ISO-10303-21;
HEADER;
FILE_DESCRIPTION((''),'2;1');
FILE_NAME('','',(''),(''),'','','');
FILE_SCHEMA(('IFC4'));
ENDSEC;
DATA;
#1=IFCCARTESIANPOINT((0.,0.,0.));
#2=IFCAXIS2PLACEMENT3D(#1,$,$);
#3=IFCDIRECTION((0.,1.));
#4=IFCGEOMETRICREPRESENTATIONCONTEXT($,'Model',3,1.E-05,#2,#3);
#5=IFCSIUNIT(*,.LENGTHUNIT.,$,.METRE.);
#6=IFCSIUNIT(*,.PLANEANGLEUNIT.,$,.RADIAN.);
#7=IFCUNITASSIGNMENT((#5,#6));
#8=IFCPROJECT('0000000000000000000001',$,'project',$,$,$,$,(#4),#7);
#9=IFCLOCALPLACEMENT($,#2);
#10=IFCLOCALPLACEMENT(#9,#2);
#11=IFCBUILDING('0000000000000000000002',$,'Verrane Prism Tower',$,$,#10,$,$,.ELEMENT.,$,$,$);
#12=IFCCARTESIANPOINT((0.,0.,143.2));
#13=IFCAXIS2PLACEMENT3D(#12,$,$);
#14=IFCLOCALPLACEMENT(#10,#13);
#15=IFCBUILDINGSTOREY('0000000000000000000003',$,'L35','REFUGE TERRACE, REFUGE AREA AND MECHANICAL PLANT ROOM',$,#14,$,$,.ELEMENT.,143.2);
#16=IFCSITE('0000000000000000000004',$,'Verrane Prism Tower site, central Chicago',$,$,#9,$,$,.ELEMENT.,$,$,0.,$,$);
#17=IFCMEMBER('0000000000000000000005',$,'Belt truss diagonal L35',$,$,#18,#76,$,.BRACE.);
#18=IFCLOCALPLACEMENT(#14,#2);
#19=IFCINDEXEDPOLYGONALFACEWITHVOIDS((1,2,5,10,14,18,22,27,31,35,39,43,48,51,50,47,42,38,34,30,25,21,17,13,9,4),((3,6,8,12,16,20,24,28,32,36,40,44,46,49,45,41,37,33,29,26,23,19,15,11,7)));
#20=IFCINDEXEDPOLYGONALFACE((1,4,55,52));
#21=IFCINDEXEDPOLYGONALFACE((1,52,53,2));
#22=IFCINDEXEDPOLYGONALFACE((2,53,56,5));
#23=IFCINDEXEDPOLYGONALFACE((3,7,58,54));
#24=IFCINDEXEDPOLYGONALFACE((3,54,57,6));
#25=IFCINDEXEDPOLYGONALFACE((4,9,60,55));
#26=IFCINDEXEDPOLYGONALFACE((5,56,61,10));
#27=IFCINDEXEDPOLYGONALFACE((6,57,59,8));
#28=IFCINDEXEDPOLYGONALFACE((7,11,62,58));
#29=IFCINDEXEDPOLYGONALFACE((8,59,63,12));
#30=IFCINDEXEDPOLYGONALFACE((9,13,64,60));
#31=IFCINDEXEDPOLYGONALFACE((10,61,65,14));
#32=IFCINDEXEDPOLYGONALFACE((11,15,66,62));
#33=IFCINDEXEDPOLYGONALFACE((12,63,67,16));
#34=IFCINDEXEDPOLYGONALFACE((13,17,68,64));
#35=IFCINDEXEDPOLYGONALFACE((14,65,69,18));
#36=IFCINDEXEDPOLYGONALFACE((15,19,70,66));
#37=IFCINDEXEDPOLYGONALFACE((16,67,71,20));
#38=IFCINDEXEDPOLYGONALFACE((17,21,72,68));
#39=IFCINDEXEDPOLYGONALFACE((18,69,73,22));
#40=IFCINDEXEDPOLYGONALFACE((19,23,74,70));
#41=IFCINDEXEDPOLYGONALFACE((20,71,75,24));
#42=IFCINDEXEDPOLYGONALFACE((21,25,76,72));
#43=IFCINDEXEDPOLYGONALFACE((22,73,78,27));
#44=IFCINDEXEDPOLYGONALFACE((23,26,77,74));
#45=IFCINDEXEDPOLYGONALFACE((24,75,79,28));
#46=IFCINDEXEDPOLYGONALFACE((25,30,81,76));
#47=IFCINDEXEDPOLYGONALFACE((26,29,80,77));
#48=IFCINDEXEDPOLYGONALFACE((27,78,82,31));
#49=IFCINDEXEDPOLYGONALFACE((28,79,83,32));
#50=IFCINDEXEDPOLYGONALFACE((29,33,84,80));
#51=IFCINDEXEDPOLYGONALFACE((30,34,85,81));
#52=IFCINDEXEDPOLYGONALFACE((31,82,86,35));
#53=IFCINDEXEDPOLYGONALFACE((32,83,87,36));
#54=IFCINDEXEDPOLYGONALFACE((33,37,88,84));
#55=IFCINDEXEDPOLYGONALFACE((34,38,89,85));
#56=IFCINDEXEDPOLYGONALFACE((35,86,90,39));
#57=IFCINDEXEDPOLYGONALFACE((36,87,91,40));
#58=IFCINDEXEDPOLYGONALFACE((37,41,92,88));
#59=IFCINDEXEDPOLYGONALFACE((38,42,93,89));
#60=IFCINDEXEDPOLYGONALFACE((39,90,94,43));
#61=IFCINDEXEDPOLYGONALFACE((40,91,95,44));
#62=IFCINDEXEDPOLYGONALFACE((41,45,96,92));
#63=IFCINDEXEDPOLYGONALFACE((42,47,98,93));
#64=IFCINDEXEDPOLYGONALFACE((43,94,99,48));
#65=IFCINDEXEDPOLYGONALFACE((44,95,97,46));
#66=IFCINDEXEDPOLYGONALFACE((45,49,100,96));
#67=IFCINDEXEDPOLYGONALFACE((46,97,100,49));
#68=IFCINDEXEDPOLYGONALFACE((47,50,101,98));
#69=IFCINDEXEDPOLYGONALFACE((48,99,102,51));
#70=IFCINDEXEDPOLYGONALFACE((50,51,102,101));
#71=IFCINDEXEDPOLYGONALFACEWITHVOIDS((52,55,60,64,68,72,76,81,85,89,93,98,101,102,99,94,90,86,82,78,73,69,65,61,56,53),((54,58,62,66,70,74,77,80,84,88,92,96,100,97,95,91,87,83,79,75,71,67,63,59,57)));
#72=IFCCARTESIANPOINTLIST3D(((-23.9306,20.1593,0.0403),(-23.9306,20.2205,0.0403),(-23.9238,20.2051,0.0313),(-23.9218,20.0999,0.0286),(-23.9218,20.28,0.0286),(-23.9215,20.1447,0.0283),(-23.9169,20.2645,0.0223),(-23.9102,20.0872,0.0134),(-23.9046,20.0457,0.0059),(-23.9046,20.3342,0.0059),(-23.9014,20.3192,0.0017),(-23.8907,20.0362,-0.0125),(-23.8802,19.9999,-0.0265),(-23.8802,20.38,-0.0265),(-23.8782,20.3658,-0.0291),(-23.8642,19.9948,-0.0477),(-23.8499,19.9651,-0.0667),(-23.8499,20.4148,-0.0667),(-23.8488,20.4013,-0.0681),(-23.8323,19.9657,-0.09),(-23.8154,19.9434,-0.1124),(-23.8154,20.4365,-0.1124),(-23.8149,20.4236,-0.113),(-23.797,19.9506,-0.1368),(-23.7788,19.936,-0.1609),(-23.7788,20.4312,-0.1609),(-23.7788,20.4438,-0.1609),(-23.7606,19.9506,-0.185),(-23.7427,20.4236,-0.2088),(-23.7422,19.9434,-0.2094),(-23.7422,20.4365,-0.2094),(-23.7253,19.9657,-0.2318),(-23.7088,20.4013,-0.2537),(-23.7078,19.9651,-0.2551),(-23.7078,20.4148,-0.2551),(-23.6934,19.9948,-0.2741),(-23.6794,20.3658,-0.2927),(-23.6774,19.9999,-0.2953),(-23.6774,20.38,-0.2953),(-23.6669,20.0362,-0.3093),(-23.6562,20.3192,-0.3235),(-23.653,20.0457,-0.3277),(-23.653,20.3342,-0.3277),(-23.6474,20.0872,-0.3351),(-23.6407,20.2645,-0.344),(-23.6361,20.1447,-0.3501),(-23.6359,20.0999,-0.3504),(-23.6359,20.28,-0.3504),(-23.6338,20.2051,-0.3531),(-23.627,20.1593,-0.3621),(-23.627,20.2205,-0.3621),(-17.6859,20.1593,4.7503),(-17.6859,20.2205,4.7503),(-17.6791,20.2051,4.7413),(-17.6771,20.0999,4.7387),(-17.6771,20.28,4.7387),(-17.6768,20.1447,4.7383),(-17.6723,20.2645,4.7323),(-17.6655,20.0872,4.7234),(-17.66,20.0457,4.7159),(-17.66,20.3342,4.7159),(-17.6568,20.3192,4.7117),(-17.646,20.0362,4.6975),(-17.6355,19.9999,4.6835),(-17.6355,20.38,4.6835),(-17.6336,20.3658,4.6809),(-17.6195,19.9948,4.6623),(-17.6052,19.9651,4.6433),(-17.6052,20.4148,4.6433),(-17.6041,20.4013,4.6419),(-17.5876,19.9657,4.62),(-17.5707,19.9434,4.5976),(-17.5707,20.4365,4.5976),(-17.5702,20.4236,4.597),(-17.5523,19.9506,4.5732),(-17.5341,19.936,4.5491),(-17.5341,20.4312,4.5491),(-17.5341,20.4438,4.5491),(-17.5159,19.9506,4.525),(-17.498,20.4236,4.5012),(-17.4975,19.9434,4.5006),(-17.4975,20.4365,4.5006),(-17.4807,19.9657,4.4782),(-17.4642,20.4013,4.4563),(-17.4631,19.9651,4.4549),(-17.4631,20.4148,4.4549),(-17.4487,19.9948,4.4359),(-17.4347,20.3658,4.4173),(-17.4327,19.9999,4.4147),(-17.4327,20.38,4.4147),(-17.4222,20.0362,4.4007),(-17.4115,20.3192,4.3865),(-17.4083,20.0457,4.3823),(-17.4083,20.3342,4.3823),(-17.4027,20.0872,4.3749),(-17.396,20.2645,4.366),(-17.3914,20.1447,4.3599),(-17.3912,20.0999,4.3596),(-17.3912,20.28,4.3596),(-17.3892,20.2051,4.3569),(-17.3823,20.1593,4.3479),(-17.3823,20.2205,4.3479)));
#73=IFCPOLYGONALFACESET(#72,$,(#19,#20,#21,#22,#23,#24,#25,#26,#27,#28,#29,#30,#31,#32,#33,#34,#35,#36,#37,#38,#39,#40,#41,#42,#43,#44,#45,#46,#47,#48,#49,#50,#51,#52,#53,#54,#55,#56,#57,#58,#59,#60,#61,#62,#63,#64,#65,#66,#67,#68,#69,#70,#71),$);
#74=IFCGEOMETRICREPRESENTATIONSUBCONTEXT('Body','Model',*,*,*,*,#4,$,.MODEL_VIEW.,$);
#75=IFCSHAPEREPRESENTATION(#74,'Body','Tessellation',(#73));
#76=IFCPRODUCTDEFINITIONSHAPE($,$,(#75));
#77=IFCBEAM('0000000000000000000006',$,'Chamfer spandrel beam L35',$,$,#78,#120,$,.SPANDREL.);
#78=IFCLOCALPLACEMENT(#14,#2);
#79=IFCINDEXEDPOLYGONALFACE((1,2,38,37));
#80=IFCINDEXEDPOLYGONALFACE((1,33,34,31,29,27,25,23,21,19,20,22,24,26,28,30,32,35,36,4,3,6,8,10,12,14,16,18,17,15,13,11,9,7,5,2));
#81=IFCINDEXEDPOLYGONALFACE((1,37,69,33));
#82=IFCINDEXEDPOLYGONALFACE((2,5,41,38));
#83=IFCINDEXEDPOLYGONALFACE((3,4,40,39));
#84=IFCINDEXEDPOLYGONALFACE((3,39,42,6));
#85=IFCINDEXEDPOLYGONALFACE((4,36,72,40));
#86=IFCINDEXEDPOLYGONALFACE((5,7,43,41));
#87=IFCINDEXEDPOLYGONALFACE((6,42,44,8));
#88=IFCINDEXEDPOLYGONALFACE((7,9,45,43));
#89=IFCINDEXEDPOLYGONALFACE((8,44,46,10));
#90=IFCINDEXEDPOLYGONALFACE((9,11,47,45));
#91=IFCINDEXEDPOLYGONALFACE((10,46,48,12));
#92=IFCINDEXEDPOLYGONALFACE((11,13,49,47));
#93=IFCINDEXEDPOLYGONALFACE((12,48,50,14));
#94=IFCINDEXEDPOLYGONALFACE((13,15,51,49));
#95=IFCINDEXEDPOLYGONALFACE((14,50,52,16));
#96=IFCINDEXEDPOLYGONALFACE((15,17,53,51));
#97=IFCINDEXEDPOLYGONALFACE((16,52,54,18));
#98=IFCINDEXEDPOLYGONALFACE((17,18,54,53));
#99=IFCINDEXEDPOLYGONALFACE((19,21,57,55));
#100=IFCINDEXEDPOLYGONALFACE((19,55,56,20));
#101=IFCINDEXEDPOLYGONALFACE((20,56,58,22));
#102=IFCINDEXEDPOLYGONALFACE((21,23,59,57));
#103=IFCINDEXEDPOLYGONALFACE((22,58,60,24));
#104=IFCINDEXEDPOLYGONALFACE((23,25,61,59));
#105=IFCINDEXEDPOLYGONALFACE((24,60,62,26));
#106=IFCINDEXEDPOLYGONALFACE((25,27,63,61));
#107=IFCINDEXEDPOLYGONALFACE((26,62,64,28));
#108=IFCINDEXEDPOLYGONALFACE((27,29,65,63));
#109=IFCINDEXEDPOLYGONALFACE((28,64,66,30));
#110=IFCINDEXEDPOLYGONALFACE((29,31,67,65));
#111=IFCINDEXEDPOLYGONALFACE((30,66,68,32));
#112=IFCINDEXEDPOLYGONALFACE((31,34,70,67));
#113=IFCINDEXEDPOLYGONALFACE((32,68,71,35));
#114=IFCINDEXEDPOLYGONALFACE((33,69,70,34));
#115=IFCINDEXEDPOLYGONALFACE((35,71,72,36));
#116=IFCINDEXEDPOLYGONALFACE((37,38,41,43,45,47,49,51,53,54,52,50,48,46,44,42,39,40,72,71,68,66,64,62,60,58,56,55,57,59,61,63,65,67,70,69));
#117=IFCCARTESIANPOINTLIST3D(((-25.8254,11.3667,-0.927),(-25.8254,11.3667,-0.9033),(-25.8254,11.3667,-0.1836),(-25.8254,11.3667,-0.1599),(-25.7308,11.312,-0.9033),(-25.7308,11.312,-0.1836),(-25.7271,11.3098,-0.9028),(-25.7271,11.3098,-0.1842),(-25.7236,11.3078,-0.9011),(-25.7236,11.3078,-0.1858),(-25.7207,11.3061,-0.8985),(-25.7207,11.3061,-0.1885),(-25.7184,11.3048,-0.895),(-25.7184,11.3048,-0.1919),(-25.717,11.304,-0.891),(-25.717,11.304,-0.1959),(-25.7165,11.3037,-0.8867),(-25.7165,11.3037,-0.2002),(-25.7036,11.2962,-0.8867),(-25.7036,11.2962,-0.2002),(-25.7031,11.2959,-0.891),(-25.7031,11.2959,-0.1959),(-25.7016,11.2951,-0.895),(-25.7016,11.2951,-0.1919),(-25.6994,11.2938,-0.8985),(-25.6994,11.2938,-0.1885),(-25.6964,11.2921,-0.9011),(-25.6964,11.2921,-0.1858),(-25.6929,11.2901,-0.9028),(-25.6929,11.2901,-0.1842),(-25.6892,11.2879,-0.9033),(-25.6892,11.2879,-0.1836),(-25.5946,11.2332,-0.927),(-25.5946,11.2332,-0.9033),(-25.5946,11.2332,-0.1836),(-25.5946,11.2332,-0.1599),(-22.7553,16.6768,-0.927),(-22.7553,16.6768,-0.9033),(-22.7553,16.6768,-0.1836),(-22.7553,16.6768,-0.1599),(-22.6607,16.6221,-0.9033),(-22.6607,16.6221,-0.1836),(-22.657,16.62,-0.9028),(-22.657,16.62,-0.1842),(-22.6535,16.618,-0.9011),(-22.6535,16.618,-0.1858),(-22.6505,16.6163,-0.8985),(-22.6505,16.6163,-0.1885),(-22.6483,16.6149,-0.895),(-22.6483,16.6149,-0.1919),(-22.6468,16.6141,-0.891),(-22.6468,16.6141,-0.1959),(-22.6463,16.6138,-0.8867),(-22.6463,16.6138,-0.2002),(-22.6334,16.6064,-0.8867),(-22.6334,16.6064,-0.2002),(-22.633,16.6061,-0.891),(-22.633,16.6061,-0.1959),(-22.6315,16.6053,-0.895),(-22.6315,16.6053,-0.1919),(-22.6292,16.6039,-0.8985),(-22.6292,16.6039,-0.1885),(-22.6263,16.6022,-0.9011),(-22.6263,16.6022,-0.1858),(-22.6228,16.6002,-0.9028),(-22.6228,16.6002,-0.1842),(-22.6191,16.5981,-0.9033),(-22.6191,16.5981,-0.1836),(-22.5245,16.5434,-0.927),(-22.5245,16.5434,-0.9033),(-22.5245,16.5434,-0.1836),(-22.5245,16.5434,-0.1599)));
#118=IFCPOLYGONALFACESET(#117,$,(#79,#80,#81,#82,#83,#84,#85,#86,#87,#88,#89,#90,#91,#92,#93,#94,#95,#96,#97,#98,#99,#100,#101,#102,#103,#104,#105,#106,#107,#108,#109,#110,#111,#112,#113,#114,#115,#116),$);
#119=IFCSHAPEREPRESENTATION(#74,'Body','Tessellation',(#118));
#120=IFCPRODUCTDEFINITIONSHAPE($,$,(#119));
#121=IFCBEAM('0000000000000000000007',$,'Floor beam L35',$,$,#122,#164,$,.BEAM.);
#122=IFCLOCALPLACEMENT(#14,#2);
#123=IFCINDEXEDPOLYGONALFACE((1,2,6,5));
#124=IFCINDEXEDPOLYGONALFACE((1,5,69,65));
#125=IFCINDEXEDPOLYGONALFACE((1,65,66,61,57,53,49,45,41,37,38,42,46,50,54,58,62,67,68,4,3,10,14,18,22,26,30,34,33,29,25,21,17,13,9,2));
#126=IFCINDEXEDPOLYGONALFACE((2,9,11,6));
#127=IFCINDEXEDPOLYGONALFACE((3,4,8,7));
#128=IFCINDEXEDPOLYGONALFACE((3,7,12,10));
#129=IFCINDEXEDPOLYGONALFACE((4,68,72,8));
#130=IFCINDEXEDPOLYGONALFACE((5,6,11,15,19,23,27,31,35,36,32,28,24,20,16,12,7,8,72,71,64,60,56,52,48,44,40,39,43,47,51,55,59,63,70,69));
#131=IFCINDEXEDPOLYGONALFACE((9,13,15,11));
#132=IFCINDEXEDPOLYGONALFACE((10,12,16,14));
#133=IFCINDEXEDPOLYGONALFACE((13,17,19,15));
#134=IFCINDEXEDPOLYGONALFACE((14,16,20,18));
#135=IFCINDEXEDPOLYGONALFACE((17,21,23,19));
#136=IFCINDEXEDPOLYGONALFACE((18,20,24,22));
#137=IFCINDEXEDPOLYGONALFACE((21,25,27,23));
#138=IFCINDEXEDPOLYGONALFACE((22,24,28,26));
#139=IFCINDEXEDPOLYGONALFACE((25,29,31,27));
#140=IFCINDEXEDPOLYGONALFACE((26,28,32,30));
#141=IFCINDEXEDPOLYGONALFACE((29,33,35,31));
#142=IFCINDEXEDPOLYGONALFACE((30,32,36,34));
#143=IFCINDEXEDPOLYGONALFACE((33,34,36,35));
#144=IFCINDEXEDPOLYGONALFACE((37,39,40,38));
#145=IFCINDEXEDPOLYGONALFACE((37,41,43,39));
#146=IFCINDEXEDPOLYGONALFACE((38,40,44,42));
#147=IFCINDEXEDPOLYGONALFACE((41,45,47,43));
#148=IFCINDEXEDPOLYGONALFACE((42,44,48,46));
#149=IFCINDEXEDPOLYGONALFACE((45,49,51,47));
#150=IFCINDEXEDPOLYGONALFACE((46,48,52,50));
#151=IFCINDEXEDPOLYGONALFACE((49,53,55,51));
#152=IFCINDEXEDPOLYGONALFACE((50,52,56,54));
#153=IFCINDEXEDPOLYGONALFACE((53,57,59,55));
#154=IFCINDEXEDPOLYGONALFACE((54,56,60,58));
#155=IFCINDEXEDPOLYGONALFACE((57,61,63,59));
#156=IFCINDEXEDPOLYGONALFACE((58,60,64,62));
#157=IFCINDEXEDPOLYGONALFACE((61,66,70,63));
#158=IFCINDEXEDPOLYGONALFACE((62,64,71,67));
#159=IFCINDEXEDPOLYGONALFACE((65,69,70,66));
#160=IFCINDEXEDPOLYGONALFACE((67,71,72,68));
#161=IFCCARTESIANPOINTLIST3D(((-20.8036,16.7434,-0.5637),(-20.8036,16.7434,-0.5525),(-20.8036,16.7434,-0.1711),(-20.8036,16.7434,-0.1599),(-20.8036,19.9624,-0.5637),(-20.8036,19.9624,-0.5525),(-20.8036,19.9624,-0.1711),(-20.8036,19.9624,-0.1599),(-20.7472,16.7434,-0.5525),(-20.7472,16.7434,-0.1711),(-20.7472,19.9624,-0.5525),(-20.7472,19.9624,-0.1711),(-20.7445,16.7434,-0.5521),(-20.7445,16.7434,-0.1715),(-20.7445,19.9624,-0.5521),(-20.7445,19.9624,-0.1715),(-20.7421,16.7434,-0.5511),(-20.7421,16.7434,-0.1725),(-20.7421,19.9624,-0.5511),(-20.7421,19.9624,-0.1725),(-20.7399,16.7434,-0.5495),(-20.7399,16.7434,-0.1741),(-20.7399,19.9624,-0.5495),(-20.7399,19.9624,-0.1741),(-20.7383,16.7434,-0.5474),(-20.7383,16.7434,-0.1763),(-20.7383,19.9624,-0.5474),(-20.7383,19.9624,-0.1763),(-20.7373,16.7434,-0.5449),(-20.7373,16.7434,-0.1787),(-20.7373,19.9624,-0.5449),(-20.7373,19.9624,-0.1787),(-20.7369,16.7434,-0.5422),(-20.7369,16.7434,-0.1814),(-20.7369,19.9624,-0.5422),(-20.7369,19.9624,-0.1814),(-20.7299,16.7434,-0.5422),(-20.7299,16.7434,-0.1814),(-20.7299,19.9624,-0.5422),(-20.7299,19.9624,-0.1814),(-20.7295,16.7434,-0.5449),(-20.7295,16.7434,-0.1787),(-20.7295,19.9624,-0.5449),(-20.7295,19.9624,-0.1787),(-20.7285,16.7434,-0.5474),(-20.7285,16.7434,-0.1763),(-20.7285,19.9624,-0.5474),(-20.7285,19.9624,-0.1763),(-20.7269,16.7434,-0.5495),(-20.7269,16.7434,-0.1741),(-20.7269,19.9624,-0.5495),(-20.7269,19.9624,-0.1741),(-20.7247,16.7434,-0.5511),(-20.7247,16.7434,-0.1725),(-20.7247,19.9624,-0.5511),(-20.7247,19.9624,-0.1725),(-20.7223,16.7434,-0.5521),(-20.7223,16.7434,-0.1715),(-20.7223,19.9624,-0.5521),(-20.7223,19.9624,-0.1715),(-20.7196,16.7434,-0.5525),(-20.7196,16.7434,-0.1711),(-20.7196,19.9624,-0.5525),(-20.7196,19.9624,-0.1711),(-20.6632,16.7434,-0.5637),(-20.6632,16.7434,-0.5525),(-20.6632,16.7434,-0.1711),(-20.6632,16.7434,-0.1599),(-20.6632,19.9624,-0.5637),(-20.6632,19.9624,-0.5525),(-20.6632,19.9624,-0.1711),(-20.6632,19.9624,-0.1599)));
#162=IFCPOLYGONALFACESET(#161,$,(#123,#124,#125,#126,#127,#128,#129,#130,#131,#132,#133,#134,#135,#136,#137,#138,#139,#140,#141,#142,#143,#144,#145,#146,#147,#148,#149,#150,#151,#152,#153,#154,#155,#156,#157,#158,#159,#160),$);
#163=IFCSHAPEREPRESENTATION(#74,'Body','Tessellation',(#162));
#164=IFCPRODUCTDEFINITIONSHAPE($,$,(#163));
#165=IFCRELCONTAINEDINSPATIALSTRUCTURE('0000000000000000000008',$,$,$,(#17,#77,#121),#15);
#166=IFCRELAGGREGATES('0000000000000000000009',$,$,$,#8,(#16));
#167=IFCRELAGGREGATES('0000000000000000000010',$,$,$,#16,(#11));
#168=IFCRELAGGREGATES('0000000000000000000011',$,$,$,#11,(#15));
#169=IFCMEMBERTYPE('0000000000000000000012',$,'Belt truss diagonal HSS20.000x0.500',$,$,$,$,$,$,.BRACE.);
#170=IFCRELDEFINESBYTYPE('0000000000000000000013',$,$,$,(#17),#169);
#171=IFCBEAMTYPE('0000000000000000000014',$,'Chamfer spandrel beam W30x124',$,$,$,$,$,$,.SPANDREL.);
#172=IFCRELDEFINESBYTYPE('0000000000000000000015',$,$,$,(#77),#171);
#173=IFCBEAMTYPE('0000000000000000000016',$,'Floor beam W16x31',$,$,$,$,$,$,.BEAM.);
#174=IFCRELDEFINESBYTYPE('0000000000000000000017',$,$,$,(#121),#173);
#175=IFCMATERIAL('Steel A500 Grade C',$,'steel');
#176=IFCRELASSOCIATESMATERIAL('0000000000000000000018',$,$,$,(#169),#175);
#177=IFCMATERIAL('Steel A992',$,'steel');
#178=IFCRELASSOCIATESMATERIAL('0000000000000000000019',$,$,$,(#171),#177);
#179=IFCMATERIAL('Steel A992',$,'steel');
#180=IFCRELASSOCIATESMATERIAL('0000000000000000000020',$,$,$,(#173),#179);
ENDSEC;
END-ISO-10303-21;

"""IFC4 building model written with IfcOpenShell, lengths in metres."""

from ifc_helpers import new_model, si_unit, direction, frame, origin, origin_2d, place, context, subcontext, project, spatial, hollow_circle, i_section, extrude, material, material_profile, profile_set, type_object, element, save


model = new_model("IFC4")

# Units and contexts
model_context = context("Model", 3, precision=1e-05, world=origin(), true_north=direction((0.0, 1.0)))
body_context = subcontext(model_context, "Body", "Model", "MODEL_VIEW")
ifc_project = project(units=[si_unit("LENGTHUNIT", "METRE"), si_unit("PLANEANGLEUNIT", "RADIAN")], contexts=[model_context])

# Site, building, storey
site_placement = place(None, origin())
site = spatial("IfcSite", under=ifc_project, at=site_placement, Name="Verrane Prism Tower site, central Chicago", CompositionType="ELEMENT", RefElevation=0.0)
building_placement = place(site_placement, origin())
building = spatial("IfcBuilding", under=site, at=building_placement, Name="Verrane Prism Tower", CompositionType="ELEMENT")
storey_placement = place(building_placement, frame((0.0, 0.0, 143.2)))
storey = spatial("IfcBuildingStorey", under=building, at=storey_placement, Name="L35", Description="REFUGE TERRACE, REFUGE AREA AND MECHANICAL PLANT ROOM", CompositionType="ELEMENT", Elevation=143.2)

# Member
ifc_material_1 = material(Name="Steel A500 Grade C", Category="steel")
ifc_material_profile_1 = material_profile(ifc_material_1, hollow_circle(Radius=0.2539, WallThickness=0.0127, at=origin_2d()), Name="HSS20.000x0.500")
ifc_profile_set_1 = profile_set([ifc_material_profile_1], Name="Steel A500 Grade C")
member_type_1 = type_object("IfcMemberType", Name="Belt truss diagonal HSS20.000x0.500", PredefinedType="BRACE", material=ifc_profile_set_1)
member_1_placement = place(storey_placement, frame((-23.7788, 20.1899, -0.1609), z_axis=(0.798371, 0.0, 0.602165), x_axis=(0.0, 1.0, 0.0)))
element("IfcMember", 1, at=member_1_placement, inside=storey, type_object=member_type_1, Name="Belt truss diagonal L35", PredefinedType="BRACE", context=body_context, shape_type="SweptSolid", body=[
    extrude(hollow_circle(Radius=0.2539, WallThickness=0.0127, at=origin_2d()), origin(), (0.0, 0.0, 1.0), 7.8218),
])

# Beams
ifc_material_2 = material(Name="Steel A992", Category="steel")
ifc_material_profile_2 = material_profile(ifc_material_2, i_section(OverallWidth=0.2666, OverallDepth=0.7671, WebThickness=0.0149, FlangeThickness=0.0237, FilletRadius=0.0166, at=origin_2d()), Name="W30x124")
ifc_profile_set_2 = profile_set([ifc_material_profile_2], Name="Steel A992")
beam_type_1 = type_object("IfcBeamType", Name="Chamfer spandrel beam W30x124", PredefinedType="SPANDREL", material=ifc_profile_set_2)
beam_1_placement = place(storey_placement, frame((-22.6399, 16.6101, -0.5435), z_axis=(-0.500526, -0.865721, 0.0), x_axis=(0.865721, -0.500526, 0.0)))
element("IfcBeam", 2, at=beam_1_placement, inside=storey, type_object=beam_type_1, Name="Chamfer spandrel beam L35", PredefinedType="SPANDREL", context=body_context, shape_type="SweptSolid", body=[
    extrude(i_section(OverallWidth=0.2666, OverallDepth=0.7671, WebThickness=0.0149, FlangeThickness=0.0237, FilletRadius=0.0166, at=origin_2d()), origin(), (0.0, 0.0, 1.0), 6.1338),
])
ifc_material_3 = material(Name="Steel A992", Category="steel")
ifc_material_profile_3 = material_profile(ifc_material_3, i_section(OverallWidth=0.1404, OverallDepth=0.4038, WebThickness=0.0071, FlangeThickness=0.0112, FilletRadius=0.0103, at=origin_2d()), Name="W16x31")
ifc_profile_set_3 = profile_set([ifc_material_profile_3], Name="Steel A992")
beam_type_2 = type_object("IfcBeamType", Name="Floor beam W16x31", PredefinedType="BEAM", material=ifc_profile_set_3)
beam_2_placement = place(storey_placement, frame((-20.7334, 16.7434, -0.3618), z_axis=(0.0, 1.0, 0.0), x_axis=(-1.0, 0.0, 0.0)))
element("IfcBeam", 3, at=beam_2_placement, inside=storey, type_object=beam_type_2, Name="Floor beam L35", PredefinedType="BEAM", context=body_context, shape_type="SweptSolid", body=[
    extrude(i_section(OverallWidth=0.1404, OverallDepth=0.4038, WebThickness=0.0071, FlangeThickness=0.0112, FilletRadius=0.0103, at=origin_2d()), origin(), (0.0, 0.0, 1.0), 3.219),
])

save(model, "model.ifc")
